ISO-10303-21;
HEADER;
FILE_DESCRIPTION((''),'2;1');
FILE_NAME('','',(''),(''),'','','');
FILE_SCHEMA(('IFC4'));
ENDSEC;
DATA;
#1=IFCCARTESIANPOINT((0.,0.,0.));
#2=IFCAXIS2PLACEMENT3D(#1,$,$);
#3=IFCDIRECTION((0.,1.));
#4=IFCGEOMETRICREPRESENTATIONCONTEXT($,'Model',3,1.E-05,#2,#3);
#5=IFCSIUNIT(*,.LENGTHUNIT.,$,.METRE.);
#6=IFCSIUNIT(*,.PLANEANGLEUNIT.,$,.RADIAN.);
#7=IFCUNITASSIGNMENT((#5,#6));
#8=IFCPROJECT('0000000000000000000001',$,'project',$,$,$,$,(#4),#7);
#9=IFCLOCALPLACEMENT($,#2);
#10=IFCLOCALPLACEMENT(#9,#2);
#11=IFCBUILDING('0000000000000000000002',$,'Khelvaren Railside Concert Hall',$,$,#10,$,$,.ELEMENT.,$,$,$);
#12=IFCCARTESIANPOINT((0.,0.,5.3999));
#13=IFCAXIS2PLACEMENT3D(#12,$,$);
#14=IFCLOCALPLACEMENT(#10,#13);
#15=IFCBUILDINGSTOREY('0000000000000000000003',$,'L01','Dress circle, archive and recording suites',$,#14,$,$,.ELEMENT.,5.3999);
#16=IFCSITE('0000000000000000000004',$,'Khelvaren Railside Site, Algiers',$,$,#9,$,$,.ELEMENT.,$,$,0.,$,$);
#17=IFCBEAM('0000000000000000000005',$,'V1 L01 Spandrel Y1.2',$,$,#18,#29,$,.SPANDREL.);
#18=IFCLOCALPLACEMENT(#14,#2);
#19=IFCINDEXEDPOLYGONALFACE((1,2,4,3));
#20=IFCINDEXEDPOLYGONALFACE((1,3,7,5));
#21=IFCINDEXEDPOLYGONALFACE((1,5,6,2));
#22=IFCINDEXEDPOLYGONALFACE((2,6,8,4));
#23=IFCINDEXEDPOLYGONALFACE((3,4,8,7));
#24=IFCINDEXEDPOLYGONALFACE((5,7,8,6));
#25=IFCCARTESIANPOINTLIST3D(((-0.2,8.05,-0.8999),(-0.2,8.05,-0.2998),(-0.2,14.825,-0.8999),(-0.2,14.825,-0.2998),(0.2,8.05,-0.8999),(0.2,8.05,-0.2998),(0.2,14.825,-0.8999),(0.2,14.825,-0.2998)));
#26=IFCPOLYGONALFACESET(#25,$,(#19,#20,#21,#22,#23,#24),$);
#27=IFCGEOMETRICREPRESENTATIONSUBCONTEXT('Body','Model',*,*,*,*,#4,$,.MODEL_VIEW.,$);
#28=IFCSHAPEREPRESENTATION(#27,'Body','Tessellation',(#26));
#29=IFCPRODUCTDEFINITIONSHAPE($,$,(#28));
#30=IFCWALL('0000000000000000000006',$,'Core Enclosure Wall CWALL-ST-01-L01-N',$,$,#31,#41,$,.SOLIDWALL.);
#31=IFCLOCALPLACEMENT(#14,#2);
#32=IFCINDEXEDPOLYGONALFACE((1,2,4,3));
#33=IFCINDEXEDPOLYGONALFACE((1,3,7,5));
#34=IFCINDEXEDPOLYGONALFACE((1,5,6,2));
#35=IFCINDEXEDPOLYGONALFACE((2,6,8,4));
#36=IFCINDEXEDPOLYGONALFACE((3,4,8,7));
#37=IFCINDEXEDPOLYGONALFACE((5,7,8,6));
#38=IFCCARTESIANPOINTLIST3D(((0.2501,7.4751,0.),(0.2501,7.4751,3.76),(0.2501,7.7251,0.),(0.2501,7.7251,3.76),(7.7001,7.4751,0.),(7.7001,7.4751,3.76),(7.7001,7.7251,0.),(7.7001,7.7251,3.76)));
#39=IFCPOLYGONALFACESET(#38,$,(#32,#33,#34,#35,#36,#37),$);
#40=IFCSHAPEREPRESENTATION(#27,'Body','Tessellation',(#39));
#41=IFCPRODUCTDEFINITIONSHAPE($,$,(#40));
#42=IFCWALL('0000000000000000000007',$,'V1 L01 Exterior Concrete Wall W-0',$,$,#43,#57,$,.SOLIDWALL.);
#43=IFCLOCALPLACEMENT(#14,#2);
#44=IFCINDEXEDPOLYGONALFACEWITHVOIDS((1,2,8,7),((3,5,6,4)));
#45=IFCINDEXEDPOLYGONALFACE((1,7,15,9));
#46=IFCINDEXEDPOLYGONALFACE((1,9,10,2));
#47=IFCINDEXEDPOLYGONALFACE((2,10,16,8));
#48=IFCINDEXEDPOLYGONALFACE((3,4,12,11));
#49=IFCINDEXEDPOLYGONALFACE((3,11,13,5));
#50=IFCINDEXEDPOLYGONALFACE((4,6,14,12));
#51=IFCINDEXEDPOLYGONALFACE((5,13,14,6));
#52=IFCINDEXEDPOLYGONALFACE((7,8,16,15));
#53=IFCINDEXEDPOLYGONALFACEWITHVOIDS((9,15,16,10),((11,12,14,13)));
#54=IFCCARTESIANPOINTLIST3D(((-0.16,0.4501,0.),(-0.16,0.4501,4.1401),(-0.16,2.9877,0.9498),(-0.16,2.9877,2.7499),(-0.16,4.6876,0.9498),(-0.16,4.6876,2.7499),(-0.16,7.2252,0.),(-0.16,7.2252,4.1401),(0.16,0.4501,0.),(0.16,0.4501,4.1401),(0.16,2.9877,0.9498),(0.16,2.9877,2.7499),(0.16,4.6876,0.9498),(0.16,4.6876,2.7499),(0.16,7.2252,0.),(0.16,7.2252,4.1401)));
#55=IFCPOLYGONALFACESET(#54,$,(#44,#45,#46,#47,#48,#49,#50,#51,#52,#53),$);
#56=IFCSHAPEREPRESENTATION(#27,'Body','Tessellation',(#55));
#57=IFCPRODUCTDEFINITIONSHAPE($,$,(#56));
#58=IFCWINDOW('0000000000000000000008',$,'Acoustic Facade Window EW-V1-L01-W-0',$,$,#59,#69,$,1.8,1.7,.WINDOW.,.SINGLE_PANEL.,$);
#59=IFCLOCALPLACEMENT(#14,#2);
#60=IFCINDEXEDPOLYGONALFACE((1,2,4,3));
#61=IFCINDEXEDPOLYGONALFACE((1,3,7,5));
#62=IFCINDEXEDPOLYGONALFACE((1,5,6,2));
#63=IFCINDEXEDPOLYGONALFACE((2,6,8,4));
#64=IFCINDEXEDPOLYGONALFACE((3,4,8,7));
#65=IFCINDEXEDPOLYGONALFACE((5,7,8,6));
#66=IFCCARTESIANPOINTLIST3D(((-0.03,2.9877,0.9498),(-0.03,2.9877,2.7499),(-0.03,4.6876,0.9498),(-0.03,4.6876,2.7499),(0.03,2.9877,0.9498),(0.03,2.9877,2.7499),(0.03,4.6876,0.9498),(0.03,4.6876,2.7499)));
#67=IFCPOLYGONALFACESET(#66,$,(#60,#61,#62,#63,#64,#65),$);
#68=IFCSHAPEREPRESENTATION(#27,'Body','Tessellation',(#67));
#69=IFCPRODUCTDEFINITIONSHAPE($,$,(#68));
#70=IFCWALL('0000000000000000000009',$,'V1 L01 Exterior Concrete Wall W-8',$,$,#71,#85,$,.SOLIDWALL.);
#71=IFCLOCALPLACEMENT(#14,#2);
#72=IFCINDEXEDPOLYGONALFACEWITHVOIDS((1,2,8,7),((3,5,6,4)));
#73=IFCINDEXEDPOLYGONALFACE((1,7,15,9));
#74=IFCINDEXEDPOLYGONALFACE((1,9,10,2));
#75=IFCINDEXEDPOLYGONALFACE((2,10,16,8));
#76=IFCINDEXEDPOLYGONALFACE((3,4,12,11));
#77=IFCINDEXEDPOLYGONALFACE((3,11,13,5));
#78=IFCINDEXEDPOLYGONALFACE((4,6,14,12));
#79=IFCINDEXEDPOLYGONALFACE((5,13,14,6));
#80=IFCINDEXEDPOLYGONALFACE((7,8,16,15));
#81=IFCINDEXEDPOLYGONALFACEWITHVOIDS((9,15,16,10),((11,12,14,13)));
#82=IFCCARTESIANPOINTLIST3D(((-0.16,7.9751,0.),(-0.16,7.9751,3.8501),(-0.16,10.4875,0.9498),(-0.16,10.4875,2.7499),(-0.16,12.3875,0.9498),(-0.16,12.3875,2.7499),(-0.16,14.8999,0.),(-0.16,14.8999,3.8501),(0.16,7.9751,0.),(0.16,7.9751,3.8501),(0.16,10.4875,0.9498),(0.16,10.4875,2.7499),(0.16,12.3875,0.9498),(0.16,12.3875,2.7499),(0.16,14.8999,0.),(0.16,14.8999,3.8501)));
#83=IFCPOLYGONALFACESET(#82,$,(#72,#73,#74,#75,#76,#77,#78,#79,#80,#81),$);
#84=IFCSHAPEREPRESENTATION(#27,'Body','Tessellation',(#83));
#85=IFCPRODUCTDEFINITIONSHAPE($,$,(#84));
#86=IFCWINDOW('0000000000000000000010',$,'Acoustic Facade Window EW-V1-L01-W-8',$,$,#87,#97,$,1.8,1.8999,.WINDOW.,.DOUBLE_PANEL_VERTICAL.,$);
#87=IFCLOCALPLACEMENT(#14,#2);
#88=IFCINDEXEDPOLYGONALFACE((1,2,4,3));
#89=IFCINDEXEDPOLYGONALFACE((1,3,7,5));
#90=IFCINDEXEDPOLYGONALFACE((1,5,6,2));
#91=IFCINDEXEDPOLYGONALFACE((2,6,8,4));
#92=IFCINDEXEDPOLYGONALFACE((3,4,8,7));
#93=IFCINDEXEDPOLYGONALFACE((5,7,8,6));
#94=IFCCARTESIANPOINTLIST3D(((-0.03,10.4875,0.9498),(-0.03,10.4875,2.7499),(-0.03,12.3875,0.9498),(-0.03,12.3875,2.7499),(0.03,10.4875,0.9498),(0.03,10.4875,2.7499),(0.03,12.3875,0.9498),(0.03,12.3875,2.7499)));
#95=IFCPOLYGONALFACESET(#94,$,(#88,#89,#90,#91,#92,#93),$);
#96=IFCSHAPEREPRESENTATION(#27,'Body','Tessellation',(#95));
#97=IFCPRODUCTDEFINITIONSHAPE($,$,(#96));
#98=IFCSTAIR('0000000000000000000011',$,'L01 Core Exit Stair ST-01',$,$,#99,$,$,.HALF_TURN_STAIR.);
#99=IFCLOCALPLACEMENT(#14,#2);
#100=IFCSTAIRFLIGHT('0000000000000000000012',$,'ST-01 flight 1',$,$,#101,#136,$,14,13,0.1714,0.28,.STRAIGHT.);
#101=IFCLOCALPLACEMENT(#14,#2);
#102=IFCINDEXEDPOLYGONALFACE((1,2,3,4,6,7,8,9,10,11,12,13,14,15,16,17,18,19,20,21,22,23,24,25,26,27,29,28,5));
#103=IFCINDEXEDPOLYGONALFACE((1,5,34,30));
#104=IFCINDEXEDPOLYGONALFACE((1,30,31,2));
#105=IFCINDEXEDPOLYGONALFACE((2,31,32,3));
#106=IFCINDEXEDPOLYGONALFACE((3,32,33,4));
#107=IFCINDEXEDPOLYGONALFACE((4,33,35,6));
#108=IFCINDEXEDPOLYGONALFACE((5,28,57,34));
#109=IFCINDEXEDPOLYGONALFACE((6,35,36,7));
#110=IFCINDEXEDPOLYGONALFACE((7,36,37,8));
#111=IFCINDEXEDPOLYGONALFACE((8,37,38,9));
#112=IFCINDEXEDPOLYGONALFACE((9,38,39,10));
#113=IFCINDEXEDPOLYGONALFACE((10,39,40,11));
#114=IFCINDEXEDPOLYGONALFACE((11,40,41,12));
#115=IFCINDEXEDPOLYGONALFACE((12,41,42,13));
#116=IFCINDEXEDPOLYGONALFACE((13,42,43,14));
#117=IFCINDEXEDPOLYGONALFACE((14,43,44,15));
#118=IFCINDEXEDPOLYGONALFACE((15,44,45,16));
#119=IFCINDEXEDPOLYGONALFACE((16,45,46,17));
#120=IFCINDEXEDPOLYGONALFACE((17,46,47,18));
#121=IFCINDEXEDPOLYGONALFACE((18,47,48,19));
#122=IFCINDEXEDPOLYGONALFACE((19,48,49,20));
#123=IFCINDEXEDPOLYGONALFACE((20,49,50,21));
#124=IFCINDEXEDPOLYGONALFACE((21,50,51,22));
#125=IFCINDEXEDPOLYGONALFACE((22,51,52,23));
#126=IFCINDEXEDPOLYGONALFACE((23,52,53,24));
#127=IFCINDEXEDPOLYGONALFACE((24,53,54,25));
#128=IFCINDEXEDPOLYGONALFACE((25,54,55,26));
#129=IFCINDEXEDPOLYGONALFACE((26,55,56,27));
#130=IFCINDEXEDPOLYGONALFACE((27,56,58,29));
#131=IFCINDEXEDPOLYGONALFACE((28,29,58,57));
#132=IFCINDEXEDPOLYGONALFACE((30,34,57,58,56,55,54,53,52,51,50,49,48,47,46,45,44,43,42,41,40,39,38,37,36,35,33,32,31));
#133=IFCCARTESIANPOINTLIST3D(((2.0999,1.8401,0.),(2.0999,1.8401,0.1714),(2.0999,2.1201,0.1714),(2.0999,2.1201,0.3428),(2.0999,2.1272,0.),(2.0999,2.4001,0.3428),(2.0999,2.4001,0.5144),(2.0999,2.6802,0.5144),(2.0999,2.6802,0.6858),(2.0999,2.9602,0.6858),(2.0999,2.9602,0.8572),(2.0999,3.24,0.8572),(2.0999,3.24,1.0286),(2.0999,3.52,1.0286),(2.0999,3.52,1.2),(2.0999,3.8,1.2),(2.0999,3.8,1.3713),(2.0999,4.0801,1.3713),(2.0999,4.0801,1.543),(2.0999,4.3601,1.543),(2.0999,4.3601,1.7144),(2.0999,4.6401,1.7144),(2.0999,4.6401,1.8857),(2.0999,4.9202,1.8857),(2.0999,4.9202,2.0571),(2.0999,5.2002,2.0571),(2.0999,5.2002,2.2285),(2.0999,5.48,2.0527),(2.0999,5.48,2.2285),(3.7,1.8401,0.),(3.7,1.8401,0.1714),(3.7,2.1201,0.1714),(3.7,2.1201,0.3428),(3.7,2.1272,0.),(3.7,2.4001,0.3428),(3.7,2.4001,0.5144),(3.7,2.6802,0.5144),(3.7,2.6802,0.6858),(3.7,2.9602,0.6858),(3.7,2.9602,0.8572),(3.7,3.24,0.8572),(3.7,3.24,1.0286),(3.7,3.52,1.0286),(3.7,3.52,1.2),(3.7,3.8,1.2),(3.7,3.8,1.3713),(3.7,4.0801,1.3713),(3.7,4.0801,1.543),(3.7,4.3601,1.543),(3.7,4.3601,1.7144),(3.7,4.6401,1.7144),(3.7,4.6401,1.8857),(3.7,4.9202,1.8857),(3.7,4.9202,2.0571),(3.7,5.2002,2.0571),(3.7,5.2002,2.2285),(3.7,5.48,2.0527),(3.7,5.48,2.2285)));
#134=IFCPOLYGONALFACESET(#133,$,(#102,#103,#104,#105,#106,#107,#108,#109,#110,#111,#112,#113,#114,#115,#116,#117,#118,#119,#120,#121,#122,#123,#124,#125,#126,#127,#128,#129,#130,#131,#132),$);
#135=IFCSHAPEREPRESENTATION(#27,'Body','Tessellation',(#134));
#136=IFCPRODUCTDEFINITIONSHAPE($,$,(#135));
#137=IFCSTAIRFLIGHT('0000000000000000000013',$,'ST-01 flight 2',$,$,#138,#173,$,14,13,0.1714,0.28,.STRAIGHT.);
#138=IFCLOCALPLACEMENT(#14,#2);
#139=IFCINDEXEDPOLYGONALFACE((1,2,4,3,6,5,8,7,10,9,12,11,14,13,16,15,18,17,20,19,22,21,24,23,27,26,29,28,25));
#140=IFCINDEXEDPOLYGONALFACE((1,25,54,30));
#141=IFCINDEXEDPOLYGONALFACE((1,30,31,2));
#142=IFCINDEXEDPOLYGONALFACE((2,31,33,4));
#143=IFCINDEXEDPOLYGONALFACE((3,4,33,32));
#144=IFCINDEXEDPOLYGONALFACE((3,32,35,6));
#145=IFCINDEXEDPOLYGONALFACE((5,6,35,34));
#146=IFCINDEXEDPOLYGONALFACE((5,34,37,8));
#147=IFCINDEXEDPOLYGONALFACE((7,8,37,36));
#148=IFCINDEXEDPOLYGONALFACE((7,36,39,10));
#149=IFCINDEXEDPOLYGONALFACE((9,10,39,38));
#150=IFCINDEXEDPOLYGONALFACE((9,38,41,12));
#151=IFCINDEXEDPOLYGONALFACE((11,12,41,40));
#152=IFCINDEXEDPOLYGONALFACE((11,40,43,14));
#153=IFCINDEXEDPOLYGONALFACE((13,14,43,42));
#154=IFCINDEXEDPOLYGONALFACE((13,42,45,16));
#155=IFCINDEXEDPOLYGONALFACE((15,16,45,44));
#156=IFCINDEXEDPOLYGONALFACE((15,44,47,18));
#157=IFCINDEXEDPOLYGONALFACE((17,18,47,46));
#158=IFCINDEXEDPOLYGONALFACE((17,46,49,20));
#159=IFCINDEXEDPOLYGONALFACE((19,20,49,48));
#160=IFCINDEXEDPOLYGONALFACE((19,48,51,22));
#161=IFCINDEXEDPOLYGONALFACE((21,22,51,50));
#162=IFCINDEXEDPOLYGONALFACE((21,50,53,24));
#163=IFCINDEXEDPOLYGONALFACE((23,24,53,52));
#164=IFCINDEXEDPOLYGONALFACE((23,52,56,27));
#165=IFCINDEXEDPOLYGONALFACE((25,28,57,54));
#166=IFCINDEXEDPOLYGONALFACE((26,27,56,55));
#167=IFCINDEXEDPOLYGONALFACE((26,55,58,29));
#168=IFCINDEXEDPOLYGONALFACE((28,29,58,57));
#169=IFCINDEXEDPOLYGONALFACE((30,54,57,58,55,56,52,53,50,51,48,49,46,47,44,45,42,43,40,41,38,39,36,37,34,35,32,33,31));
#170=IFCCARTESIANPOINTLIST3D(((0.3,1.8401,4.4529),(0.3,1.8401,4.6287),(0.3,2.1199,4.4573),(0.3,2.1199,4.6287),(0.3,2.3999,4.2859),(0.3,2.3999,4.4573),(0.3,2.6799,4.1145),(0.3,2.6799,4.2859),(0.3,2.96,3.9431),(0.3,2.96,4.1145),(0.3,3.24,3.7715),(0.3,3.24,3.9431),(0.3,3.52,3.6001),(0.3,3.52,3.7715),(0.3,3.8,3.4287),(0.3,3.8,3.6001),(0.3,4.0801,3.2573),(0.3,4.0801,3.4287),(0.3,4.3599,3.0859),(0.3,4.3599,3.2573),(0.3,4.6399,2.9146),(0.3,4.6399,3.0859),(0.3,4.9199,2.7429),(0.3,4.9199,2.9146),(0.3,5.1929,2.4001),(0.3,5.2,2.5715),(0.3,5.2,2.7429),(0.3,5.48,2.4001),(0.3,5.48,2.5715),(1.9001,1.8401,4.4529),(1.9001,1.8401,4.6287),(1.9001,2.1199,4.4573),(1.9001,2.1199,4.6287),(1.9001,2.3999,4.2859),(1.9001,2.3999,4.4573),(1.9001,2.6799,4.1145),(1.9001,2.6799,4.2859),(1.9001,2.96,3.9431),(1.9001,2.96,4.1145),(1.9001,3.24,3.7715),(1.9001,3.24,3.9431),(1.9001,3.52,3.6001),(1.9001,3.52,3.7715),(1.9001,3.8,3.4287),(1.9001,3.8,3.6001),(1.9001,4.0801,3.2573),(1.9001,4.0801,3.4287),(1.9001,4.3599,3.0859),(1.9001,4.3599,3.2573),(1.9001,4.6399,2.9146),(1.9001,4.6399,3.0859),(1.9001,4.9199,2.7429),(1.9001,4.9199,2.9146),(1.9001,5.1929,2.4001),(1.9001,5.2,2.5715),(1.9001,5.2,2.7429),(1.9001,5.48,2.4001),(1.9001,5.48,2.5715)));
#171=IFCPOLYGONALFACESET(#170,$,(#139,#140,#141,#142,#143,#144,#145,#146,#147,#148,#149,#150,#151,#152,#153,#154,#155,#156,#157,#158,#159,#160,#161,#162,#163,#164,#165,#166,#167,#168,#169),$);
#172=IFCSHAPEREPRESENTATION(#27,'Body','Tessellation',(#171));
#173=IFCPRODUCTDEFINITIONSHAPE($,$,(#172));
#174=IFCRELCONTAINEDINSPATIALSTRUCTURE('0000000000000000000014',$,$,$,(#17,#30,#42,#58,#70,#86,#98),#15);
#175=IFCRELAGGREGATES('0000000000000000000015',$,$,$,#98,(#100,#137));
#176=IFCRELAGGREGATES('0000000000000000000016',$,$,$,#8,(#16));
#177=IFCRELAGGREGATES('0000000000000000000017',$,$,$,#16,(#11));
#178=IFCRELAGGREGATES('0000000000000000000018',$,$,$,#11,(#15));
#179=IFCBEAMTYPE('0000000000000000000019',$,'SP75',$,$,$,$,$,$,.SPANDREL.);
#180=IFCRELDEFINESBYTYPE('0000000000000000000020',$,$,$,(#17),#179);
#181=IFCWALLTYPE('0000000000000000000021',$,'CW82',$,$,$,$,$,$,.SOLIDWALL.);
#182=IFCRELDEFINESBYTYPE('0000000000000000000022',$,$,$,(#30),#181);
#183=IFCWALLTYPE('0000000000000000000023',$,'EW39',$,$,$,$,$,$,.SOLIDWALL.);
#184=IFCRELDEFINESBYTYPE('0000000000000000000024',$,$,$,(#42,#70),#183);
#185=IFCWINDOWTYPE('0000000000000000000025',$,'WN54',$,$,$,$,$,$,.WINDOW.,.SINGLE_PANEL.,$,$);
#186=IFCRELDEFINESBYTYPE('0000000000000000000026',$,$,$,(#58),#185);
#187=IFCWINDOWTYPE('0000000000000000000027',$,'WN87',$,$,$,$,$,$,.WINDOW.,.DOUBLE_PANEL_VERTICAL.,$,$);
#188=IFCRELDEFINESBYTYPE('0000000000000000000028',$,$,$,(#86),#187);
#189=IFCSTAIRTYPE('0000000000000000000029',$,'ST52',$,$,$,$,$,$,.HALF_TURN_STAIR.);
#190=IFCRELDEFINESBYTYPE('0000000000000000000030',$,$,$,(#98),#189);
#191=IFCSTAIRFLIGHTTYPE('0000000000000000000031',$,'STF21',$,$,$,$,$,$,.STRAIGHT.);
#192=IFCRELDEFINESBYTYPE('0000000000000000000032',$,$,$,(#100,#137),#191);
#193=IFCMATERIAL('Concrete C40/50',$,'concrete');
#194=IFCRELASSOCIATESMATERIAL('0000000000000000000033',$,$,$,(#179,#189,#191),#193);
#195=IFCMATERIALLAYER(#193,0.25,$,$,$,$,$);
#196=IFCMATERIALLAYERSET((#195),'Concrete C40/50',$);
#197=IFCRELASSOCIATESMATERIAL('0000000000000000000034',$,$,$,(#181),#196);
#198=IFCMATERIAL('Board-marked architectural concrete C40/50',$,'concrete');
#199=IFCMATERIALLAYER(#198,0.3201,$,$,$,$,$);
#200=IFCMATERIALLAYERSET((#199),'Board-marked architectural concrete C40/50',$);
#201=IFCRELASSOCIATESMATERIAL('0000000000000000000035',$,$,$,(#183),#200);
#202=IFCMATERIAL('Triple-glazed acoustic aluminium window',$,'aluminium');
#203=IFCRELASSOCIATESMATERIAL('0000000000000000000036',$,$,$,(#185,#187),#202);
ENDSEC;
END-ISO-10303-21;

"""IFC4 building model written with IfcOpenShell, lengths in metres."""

from ifc_helpers import new_model, si_unit, direction, frame, frame_2d, origin, origin_2d, place, context, subcontext, project, spatial, polyline, rectangle, outline, extrude, material, layer, layer_set, material_profile, profile_set, type_object, element, fill, aggregate, save


model = new_model("IFC4")

# Units and contexts
model_context = context("Model", 3, precision=1e-05, world=origin(), true_north=direction((0.0, 1.0)))
body_context = subcontext(model_context, "Body", "Model", "MODEL_VIEW")
ifc_project = project(units=[si_unit("LENGTHUNIT", "METRE"), si_unit("PLANEANGLEUNIT", "RADIAN")], contexts=[model_context])

# Site, building, storey
site_placement = place(None, origin())
site = spatial("IfcSite", under=ifc_project, at=site_placement, Name="Khelvaren Railside Site, Algiers", CompositionType="ELEMENT", RefElevation=0.0)
building_placement = place(site_placement, origin())
building = spatial("IfcBuilding", under=site, at=building_placement, Name="Khelvaren Railside Concert Hall", CompositionType="ELEMENT")
storey_placement = place(building_placement, frame((0.0, 0.0, 5.3999)))
storey = spatial("IfcBuildingStorey", under=building, at=storey_placement, Name="L01", Description="Dress circle, archive and recording suites", CompositionType="ELEMENT", Elevation=5.3999)

# Beam
ifc_material_1 = material(Name="Concrete C40/50", Category="concrete")
ifc_material_profile_1 = material_profile(ifc_material_1, rectangle(XDim=0.3999, YDim=0.6001, at=origin_2d()), Name="RCB 400x600")
ifc_profile_set_1 = profile_set([ifc_material_profile_1], Name="Concrete C40/50")
beam_type_1 = type_object("IfcBeamType", Name="SP75", PredefinedType="SPANDREL", material=ifc_profile_set_1)
beam_1_placement = place(storey_placement, frame((0.0, 8.05, -0.5999), z_axis=(0.0, 1.0, 0.0), x_axis=(-1.0, 0.0, 0.0)))
element("IfcBeam", 1, at=beam_1_placement, inside=storey, type_object=beam_type_1, Name="V1 L01 Spandrel Y1.2", PredefinedType="SPANDREL", context=body_context, shape_type="SweptSolid", body=[
    extrude(rectangle(XDim=0.3999, YDim=0.6001, at=origin_2d()), origin(), (0.0, 0.0, 1.0), 6.7749),
])

# Wall
ifc_layer_1 = layer(ifc_material_1, 0.25)
ifc_layer_set_1 = layer_set([ifc_layer_1], Name="Concrete C40/50")
wall_type_1 = type_object("IfcWallType", Name="CW82", PredefinedType="SOLIDWALL", material=ifc_layer_set_1)
wall_1_placement = place(storey_placement, frame((0.25, 7.6001, 0.0), z_axis=(0.0, 0.0, 1.0), x_axis=(1.0, 0.0, 0.0)))
element("IfcWall", 2, at=wall_1_placement, inside=storey, type_object=wall_type_1, Name="Core Enclosure Wall CWALL-ST-01-L01-N", PredefinedType="SOLIDWALL", context=body_context, shape_type="SweptSolid", body=[
    extrude(rectangle(XDim=7.45, YDim=0.25, at=frame_2d((3.7251, 0.0))), origin(), (0.0, 0.0, 1.0), 3.76),
])

# Walls, openings, windows
ifc_material_2 = material(Name="Board-marked architectural concrete C40/50", Category="concrete")
ifc_layer_2 = layer(ifc_material_2, 0.3201)
ifc_layer_set_2 = layer_set([ifc_layer_2], Name="Board-marked architectural concrete C40/50")
wall_type_2 = type_object("IfcWallType", Name="EW39", PredefinedType="SOLIDWALL", material=ifc_layer_set_2)
wall_2_placement = place(storey_placement, frame((0.0, 0.45, 0.0), z_axis=(0.0, 0.0, 1.0), x_axis=(0.0, 1.0, 0.0)))
wall_2 = element("IfcWall", 3, at=wall_2_placement, inside=storey, type_object=wall_type_2, Name="V1 L01 Exterior Concrete Wall W-0", PredefinedType="SOLIDWALL", context=body_context, shape_type="SweptSolid", body=[
    extrude(rectangle(XDim=6.7751, YDim=0.3201, at=frame_2d((3.3877, 0.0))), origin(), (0.0, 0.0, 1.0), 4.1401),
])
opening_1_placement = place(wall_2_placement, frame((2.5376, 0.0, 0.95)))
opening_1 = element("IfcOpeningElement", 4, at=opening_1_placement, cuts=wall_2, PredefinedType="OPENING", context=body_context, shape_type="SweptSolid", body=[
    extrude(rectangle(XDim=1.7, YDim=1.8, at=frame_2d((0.8501, 0.8999))), frame((0.0, 0.1699, 0.0), z_axis=(0.0, -1.0, 0.0), x_axis=(1.0, 0.0, 0.0)), (0.0, 0.0, 1.0), 0.3401),
])
ifc_material_3 = material(Name="Triple-glazed acoustic aluminium window", Category="aluminium")
window_type_1 = type_object("IfcWindowType", Name="WN54", PartitioningType="SINGLE_PANEL", PredefinedType="WINDOW", material=ifc_material_3)
window_1_placement = place(opening_1_placement, origin())
window_1 = element("IfcWindow", 5, at=window_1_placement, inside=storey, type_object=window_type_1, Name="Acoustic Facade Window EW-V1-L01-W-0", OverallHeight=1.8, OverallWidth=1.7, PartitioningType="SINGLE_PANEL", PredefinedType="WINDOW", context=body_context, shape_type="SweptSolid", body=[
    extrude(rectangle(XDim=1.7, YDim=1.8, at=frame_2d((0.8501, 0.8999))), frame((0.0, 0.03, 0.0), z_axis=(0.0, -1.0, 0.0), x_axis=(1.0, 0.0, 0.0)), (0.0, 0.0, 1.0), 0.0601),
])
fill(opening_1, window_1)
wall_3_placement = place(storey_placement, frame((0.0, 7.9751, 0.0), z_axis=(0.0, 0.0, 1.0), x_axis=(0.0, 1.0, 0.0)))
wall_3 = element("IfcWall", 6, at=wall_3_placement, inside=storey, type_object=wall_type_2, Name="V1 L01 Exterior Concrete Wall W-8", PredefinedType="SOLIDWALL", context=body_context, shape_type="SweptSolid", body=[
    extrude(rectangle(XDim=6.9248, YDim=0.3201, at=frame_2d((3.4624, 0.0))), origin(), (0.0, 0.0, 1.0), 3.8501),
])
opening_2_placement = place(wall_3_placement, frame((2.5125, 0.0, 0.95)))
opening_2 = element("IfcOpeningElement", 7, at=opening_2_placement, cuts=wall_3, PredefinedType="OPENING", context=body_context, shape_type="SweptSolid", body=[
    extrude(rectangle(XDim=1.8999, YDim=1.8, at=frame_2d((0.95, 0.8999))), frame((0.0, 0.1699, 0.0), z_axis=(0.0, -1.0, 0.0), x_axis=(1.0, 0.0, 0.0)), (0.0, 0.0, 1.0), 0.3401),
])
window_type_2 = type_object("IfcWindowType", Name="WN87", PartitioningType="DOUBLE_PANEL_VERTICAL", PredefinedType="WINDOW", material=ifc_material_3)
window_2_placement = place(opening_2_placement, origin())
window_2 = element("IfcWindow", 8, at=window_2_placement, inside=storey, type_object=window_type_2, Name="Acoustic Facade Window EW-V1-L01-W-8", OverallHeight=1.8, OverallWidth=1.8999, PartitioningType="DOUBLE_PANEL_VERTICAL", PredefinedType="WINDOW", context=body_context, shape_type="SweptSolid", body=[
    extrude(rectangle(XDim=1.8999, YDim=1.8, at=frame_2d((0.95, 0.8999))), frame((0.0, 0.03, 0.0), z_axis=(0.0, -1.0, 0.0), x_axis=(1.0, 0.0, 0.0)), (0.0, 0.0, 1.0), 0.0601),
])
fill(opening_2, window_2)

# Stair, stair flights
stair_type = type_object("IfcStairType", Name="ST52", PredefinedType="HALF_TURN_STAIR", material=ifc_material_1)
stair_placement = place(storey_placement, origin())
stair = element("IfcStair", 9, at=stair_placement, inside=storey, type_object=stair_type, Name="L01 Core Exit Stair ST-01", PredefinedType="HALF_TURN_STAIR")
stair_flight_type = type_object("IfcStairFlightType", Name="STF21", PredefinedType="STRAIGHT", material=ifc_material_1)
stair_flight_1_placement = place(storey_placement, frame((2.8999, 1.8401, 0.0), z_axis=(0.0, 0.0, 1.0), x_axis=(0.0, 1.0, 0.0)))
stair_flight_1 = element("IfcStairFlight", 10, at=stair_flight_1_placement, type_object=stair_flight_type, Name="ST-01 flight 1", NumberOfRisers=14, NumberOfTreads=13, PredefinedType="STRAIGHT", RiserHeight=0.1714, TreadLength=0.28, context=body_context, shape_type="SweptSolid", body=[
    extrude(outline(polyline([(0.0, 0.0), (0.0, 0.1714), (0.28, 0.1714), (0.28, 0.3428), (0.5601, 0.3428), (0.5601, 0.5144), (0.8401, 0.5144), (0.8401, 0.6858), (1.1201, 0.6858), (1.1201, 0.8572), (1.3999, 0.8572), (1.3999, 1.0286), (1.6799, 1.0286), (1.6799, 1.2), (1.96, 1.2), (1.96, 1.3713), (2.24, 1.3713), (2.24, 1.543), (2.52, 1.543), (2.52, 1.7144), (2.8, 1.7144), (2.8, 1.8857), (3.0801, 1.8857), (3.0801, 2.0571), (3.3601, 2.0571), (3.3601, 2.2285), (3.6399, 2.2285), (3.6399, 2.3999), (3.6399, 2.0527), (0.2871, 0.0), (0.0, 0.0)])), frame((0.0, 0.8, 0.0), z_axis=(0.0, -1.0, 0.0), x_axis=(1.0, 0.0, 0.0)), (0.0, 0.0, 1.0), 1.6001),
])
stair_flight_2_placement = place(storey_placement, frame((1.1001, 5.48, 2.4001), z_axis=(0.0, 0.0, 1.0), x_axis=(0.0, -1.0, 0.0)))
stair_flight_2 = element("IfcStairFlight", 11, at=stair_flight_2_placement, type_object=stair_flight_type, Name="ST-01 flight 2", NumberOfRisers=14, NumberOfTreads=13, PredefinedType="STRAIGHT", RiserHeight=0.1714, TreadLength=0.28, context=body_context, shape_type="SweptSolid", body=[
    extrude(outline(polyline([(0.0, 0.0), (0.0, 0.1714), (0.28, 0.1714), (0.28, 0.3428), (0.5601, 0.3428), (0.5601, 0.5144), (0.8401, 0.5144), (0.8401, 0.6858), (1.1201, 0.6858), (1.1201, 0.8572), (1.3999, 0.8572), (1.3999, 1.0286), (1.6799, 1.0286), (1.6799, 1.2), (1.96, 1.2), (1.96, 1.3713), (2.24, 1.3713), (2.24, 1.543), (2.52, 1.543), (2.52, 1.7144), (2.8, 1.7144), (2.8, 1.8857), (3.0801, 1.8857), (3.0801, 2.0571), (3.3601, 2.0571), (3.3601, 2.2285), (3.6399, 2.2285), (3.6399, 2.3999), (3.6399, 2.0527), (0.2871, 0.0), (0.0, 0.0)])), frame((0.0, 0.8, 0.0), z_axis=(0.0, -1.0, 0.0), x_axis=(1.0, 0.0, 0.0)), (0.0, 0.0, 1.0), 1.6001),
])
aggregate(stair, [stair_flight_1, stair_flight_2])

save(model, "model.ifc")
